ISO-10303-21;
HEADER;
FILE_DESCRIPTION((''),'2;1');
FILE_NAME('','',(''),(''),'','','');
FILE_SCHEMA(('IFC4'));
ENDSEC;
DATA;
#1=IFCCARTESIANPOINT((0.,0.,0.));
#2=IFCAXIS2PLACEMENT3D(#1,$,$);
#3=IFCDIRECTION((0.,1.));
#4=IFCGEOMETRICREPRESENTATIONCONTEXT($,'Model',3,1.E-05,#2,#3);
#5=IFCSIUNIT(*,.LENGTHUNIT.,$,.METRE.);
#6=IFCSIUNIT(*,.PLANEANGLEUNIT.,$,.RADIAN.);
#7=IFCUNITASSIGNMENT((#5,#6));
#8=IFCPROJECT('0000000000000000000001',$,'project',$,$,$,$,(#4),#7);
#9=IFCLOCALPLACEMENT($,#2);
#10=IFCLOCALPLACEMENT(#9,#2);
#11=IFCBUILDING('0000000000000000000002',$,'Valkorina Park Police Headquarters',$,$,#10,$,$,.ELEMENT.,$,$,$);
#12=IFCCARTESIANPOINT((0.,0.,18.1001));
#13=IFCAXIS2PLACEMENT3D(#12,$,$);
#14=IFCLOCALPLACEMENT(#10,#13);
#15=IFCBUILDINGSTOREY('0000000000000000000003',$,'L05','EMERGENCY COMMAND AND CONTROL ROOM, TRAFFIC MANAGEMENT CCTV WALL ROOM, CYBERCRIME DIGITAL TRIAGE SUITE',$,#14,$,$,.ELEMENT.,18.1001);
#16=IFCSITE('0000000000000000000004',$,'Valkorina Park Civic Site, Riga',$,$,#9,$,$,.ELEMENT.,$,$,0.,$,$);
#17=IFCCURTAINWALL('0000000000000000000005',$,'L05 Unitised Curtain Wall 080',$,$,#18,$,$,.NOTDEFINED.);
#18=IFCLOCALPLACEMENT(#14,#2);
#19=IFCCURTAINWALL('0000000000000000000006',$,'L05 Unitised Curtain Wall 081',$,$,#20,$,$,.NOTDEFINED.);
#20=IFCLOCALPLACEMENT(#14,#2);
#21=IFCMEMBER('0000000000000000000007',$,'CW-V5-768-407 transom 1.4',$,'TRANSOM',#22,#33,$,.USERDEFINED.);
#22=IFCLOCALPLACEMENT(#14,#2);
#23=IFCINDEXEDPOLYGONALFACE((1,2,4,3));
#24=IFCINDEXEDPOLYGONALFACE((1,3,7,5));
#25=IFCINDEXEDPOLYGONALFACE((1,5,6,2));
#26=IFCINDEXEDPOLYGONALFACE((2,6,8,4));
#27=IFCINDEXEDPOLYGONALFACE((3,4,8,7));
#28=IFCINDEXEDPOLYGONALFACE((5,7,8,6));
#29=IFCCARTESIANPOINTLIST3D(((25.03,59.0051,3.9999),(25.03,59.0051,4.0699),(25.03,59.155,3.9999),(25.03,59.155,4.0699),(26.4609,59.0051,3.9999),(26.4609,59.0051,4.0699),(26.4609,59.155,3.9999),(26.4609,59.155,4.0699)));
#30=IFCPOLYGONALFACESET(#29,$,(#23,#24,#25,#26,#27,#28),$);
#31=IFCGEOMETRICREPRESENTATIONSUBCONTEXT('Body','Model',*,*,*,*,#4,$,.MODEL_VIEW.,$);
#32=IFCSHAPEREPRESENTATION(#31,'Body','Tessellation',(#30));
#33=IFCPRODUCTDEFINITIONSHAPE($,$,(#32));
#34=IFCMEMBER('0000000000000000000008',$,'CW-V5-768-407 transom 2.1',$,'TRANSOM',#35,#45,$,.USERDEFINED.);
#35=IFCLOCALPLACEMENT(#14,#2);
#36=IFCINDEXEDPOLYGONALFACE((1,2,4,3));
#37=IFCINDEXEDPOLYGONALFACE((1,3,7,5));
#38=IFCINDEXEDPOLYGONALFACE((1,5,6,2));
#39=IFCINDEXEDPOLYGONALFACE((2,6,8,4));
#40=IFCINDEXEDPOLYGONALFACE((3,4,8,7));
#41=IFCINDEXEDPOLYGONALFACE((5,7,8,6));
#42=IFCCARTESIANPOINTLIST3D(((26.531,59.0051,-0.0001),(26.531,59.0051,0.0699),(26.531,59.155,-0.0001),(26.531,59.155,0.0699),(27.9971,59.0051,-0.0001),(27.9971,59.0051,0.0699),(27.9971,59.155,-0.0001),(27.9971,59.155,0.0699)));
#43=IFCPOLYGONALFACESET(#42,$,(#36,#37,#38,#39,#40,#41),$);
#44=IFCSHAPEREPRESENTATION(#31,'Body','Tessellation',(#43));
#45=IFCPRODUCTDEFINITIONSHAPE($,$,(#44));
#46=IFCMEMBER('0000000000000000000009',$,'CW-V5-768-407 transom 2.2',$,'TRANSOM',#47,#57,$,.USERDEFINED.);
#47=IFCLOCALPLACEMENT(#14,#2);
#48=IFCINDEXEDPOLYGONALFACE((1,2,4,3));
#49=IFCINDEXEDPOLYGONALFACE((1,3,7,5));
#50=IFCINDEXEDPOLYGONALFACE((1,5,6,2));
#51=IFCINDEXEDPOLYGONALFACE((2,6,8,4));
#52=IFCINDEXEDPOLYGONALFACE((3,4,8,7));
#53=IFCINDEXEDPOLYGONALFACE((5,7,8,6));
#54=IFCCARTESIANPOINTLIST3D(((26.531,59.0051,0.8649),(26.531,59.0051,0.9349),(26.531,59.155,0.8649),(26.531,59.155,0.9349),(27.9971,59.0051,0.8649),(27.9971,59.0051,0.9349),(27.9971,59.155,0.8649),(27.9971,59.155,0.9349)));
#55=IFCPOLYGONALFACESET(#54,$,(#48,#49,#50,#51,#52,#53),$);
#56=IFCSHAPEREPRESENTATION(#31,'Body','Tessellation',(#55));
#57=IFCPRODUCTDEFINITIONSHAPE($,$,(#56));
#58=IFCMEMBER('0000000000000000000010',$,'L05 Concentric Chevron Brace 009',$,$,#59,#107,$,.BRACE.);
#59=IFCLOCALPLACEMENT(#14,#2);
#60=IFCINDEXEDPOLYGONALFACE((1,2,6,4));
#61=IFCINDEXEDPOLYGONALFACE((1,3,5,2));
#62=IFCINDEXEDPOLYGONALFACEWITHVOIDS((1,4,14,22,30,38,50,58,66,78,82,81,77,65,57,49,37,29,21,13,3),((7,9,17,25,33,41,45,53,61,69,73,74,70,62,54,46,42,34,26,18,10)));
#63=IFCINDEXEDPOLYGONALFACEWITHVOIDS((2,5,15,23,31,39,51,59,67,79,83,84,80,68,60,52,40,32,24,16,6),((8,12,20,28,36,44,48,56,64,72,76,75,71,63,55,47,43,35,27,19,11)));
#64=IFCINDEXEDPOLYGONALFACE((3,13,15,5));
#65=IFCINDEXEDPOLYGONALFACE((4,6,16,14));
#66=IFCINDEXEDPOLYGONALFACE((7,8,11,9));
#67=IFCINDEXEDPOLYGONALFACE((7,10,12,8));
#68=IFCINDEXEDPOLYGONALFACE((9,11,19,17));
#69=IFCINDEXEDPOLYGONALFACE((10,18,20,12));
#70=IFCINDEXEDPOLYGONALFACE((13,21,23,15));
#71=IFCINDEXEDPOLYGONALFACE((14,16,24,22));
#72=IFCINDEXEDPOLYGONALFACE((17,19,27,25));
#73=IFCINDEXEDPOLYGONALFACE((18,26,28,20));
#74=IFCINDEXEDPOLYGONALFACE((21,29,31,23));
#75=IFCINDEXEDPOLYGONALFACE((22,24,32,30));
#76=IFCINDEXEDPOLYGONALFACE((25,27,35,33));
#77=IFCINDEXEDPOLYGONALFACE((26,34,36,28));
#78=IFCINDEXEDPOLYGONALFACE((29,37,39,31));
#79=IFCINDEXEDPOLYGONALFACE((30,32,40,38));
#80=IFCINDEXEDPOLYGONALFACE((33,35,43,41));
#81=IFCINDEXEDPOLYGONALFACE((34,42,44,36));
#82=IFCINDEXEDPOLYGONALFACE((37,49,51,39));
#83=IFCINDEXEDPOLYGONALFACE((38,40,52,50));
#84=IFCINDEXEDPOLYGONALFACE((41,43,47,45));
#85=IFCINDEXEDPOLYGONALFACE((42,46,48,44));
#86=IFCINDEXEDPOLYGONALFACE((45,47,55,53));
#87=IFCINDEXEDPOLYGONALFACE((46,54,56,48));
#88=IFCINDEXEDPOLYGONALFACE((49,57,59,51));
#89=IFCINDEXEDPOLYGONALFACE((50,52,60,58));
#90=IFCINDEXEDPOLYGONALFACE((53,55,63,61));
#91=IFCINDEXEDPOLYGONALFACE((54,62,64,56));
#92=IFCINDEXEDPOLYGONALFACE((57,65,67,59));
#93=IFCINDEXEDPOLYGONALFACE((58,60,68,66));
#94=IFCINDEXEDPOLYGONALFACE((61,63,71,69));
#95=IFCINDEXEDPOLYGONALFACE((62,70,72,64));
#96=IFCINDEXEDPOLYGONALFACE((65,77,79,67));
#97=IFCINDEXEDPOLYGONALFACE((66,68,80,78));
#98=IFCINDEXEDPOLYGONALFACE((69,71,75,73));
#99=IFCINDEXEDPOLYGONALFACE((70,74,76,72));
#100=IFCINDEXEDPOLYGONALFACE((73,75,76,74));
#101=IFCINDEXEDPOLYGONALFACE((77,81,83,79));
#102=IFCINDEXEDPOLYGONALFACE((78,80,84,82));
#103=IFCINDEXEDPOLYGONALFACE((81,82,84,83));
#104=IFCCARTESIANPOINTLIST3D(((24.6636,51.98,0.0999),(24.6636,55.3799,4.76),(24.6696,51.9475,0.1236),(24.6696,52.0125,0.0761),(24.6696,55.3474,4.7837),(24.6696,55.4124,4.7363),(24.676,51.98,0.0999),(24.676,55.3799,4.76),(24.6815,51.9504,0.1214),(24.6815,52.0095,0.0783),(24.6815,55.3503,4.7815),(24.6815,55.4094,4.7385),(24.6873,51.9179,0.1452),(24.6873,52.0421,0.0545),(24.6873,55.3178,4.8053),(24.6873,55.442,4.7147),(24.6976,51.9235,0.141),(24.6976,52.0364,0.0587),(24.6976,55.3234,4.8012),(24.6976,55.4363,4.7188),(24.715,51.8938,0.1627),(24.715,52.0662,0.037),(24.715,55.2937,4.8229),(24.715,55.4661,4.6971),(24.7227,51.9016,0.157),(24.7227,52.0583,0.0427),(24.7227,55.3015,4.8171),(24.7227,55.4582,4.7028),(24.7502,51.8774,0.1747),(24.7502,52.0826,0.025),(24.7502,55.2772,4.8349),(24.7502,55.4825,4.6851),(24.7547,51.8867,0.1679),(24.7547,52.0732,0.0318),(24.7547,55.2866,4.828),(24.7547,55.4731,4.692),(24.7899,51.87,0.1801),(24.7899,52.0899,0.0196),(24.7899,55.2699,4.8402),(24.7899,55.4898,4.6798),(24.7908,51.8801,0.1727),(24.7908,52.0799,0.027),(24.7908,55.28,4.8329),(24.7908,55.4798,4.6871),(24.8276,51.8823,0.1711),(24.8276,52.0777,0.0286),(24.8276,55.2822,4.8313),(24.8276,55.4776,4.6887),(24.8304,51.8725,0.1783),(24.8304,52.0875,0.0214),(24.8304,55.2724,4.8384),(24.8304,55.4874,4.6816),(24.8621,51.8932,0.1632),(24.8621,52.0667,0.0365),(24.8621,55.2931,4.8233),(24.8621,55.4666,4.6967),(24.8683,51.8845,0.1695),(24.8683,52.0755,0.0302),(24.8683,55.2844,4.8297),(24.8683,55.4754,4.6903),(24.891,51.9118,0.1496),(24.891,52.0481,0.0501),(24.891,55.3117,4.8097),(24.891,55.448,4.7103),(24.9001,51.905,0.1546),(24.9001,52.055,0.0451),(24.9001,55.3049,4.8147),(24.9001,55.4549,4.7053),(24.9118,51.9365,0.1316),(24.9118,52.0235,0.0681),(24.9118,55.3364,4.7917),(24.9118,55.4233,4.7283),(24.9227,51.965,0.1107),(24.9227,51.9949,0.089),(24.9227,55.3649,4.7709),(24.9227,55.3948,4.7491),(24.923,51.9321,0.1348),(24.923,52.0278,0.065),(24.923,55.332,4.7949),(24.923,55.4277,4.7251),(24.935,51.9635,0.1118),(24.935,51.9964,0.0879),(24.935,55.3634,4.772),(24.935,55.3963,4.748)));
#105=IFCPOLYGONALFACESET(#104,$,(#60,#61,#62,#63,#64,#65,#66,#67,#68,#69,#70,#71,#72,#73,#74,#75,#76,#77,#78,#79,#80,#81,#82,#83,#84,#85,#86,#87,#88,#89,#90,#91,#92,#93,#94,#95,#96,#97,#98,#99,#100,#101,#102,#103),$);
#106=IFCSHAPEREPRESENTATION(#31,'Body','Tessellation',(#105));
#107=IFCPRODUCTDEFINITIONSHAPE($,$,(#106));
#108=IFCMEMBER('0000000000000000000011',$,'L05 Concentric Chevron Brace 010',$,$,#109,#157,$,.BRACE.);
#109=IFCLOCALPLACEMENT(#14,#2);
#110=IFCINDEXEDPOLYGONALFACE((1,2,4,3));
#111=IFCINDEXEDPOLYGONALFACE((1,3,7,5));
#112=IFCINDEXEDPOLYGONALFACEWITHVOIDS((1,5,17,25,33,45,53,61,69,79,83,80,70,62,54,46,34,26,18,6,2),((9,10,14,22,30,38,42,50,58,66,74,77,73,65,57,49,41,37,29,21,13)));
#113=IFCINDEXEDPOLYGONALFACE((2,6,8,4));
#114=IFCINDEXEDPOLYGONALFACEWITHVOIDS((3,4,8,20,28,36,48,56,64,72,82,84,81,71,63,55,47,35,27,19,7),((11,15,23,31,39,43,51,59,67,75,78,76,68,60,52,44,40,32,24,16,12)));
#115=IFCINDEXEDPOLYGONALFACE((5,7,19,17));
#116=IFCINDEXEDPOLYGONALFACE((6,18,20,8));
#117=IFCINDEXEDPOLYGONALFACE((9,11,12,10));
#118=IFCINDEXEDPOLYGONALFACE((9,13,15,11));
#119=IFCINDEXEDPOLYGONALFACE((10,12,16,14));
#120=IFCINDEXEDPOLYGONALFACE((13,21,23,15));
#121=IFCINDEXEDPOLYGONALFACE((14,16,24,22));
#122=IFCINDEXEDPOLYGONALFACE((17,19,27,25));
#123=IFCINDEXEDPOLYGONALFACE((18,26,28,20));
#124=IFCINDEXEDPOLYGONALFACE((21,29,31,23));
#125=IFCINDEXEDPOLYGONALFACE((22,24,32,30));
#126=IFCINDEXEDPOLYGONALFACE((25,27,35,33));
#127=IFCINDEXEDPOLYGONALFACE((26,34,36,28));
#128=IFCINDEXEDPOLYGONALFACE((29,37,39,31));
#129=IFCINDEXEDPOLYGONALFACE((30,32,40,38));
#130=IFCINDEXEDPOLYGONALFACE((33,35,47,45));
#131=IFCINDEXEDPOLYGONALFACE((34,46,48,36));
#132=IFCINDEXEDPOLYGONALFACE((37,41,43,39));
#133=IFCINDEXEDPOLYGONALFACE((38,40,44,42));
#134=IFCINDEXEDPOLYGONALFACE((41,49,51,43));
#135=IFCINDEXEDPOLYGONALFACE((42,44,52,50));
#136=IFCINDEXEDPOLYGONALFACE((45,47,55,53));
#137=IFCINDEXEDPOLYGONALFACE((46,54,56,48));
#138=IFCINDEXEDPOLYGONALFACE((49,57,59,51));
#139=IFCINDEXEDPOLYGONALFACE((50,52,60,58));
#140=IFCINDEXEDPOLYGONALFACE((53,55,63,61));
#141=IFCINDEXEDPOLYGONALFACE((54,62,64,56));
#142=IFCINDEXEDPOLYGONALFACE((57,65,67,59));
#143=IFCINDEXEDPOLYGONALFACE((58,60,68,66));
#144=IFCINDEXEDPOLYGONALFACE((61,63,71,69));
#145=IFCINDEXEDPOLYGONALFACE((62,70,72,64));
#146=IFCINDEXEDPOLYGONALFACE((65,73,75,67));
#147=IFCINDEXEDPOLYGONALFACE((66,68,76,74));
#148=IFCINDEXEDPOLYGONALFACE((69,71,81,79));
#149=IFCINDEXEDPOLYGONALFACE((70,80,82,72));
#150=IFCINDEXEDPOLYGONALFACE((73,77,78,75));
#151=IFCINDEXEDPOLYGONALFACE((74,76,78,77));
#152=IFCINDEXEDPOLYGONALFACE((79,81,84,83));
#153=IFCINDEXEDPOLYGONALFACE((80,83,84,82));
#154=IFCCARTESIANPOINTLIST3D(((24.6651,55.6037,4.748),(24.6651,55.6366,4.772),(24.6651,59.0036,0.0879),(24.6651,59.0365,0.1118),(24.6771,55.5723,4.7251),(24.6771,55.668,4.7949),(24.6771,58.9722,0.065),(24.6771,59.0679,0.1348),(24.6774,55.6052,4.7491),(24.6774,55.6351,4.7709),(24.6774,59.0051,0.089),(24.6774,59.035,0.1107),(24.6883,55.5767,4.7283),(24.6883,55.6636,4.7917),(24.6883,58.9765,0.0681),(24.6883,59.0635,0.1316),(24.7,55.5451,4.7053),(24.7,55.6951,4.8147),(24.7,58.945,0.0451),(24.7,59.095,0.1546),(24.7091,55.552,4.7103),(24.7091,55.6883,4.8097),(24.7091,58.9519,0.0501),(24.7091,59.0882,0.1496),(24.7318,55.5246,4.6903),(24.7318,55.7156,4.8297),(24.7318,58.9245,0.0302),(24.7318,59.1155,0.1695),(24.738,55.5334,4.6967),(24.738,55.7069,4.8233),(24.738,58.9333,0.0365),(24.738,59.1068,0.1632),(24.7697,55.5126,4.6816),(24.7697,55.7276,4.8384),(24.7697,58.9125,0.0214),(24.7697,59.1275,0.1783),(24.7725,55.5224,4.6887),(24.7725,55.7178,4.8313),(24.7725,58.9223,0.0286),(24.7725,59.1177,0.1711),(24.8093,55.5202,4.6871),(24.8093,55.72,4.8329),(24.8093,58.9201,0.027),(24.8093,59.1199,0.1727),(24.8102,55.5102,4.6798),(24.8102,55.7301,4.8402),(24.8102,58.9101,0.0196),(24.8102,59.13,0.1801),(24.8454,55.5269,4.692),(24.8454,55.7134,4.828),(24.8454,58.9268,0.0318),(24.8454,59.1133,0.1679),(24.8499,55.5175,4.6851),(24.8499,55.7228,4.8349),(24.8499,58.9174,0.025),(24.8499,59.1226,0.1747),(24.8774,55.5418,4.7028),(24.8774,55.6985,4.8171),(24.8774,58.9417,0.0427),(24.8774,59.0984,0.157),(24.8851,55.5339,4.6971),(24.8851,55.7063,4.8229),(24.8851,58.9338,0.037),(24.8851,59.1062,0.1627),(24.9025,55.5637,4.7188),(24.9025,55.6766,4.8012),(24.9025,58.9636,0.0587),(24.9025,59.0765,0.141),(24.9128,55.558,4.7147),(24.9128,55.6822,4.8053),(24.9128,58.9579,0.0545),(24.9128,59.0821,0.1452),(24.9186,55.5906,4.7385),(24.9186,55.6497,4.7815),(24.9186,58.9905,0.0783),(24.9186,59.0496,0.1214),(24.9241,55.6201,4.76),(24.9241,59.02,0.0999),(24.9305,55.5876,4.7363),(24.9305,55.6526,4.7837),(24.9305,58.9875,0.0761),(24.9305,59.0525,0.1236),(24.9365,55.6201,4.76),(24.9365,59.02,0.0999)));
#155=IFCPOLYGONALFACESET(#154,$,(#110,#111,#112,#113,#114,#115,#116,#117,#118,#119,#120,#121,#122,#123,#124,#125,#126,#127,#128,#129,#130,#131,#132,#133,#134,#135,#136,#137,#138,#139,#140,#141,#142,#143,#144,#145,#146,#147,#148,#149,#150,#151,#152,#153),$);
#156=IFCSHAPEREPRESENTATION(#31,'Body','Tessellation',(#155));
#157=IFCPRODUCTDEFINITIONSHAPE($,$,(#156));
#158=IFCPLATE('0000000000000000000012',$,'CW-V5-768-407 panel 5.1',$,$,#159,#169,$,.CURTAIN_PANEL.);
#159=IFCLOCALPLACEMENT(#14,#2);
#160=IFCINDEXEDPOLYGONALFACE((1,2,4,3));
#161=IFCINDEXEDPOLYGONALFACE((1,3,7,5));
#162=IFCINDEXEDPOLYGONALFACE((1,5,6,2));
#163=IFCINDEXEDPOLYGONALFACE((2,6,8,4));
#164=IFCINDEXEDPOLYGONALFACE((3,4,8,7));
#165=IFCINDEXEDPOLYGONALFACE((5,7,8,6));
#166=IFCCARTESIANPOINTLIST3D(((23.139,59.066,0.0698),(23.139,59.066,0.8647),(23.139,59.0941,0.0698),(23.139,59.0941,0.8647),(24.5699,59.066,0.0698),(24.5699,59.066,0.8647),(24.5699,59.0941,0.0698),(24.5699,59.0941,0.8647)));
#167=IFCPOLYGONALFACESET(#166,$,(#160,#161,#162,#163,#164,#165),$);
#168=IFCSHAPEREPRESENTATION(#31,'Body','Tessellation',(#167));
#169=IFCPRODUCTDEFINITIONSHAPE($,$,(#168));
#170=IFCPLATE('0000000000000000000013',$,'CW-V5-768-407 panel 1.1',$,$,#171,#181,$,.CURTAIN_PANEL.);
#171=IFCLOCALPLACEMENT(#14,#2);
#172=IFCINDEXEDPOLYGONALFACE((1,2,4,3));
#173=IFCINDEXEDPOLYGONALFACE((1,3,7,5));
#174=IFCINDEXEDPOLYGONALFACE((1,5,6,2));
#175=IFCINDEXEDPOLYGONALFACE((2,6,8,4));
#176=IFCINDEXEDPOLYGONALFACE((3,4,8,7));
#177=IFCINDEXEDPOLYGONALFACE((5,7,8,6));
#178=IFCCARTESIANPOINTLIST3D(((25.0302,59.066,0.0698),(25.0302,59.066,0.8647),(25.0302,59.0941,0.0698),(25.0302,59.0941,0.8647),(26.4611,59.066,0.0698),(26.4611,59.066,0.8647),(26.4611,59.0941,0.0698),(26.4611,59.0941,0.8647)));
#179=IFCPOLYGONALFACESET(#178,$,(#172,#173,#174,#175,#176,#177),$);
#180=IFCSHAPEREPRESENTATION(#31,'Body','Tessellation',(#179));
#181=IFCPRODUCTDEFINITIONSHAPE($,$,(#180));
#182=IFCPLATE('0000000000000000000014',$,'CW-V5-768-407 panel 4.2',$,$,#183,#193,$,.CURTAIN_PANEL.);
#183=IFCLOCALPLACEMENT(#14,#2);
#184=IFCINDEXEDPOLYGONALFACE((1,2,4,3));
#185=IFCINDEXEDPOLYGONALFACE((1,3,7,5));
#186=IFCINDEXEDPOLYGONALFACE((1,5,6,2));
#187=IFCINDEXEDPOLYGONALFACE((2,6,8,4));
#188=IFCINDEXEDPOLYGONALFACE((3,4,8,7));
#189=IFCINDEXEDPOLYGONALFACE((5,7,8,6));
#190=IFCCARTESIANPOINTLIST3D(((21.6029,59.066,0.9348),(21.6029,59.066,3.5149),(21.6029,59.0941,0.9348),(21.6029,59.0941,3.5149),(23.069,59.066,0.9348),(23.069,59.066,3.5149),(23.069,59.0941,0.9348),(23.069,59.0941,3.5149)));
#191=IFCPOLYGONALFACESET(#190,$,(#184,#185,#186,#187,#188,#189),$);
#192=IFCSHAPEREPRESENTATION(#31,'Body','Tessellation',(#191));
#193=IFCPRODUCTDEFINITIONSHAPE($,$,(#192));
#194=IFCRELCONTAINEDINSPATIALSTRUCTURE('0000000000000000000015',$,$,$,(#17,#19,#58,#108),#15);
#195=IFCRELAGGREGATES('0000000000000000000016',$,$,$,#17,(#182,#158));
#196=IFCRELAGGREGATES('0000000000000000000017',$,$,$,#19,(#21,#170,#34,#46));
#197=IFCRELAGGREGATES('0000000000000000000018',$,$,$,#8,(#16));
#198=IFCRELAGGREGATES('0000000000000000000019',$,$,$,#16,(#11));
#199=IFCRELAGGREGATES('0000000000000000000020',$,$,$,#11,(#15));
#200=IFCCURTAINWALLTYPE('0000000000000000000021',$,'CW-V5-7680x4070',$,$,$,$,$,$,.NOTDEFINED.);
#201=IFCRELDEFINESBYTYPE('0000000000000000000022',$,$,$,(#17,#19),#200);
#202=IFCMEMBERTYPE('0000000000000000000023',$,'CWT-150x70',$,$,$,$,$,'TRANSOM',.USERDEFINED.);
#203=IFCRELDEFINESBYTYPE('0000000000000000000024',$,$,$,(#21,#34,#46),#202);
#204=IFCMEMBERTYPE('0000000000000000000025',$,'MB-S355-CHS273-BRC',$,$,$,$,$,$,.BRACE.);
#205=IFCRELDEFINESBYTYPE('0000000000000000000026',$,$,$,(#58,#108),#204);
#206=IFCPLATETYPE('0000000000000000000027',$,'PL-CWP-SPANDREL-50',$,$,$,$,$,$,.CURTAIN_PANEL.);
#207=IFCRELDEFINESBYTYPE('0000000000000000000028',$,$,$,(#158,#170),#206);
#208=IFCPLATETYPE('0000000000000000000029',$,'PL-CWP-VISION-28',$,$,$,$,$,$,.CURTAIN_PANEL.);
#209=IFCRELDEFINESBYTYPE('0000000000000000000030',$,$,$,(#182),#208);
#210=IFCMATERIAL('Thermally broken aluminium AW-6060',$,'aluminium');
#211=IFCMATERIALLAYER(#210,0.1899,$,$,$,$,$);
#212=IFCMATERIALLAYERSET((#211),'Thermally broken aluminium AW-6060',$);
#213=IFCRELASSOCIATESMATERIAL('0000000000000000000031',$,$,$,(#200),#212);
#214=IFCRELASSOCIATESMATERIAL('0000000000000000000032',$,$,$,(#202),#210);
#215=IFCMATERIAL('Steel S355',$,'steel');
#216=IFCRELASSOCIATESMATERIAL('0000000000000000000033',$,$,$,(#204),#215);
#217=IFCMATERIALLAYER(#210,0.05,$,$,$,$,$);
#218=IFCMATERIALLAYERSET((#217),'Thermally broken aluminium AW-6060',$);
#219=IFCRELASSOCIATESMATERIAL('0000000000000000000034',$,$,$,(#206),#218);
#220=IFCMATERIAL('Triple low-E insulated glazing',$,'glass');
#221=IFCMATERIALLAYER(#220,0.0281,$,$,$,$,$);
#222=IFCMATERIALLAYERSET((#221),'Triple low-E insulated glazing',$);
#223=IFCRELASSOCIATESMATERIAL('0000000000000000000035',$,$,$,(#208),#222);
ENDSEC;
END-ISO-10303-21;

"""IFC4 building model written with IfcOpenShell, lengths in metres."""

from ifc_helpers import new_model, si_unit, direction, frame, origin, origin_2d, place, context, subcontext, project, spatial, rectangle, hollow_circle, extrude, material, layer, layer_set, material_profile, profile_set, type_object, element, aggregate, save


model = new_model("IFC4")

# Units and contexts
model_context = context("Model", 3, precision=1e-05, world=origin(), true_north=direction((0.0, 1.0)))
body_context = subcontext(model_context, "Body", "Model", "MODEL_VIEW")
ifc_project = project(units=[si_unit("LENGTHUNIT", "METRE"), si_unit("PLANEANGLEUNIT", "RADIAN")], contexts=[model_context])

# Site, building, storey
site_placement = place(None, origin())
site = spatial("IfcSite", under=ifc_project, at=site_placement, Name="Valkorina Park Civic Site, Riga", CompositionType="ELEMENT", RefElevation=0.0)
building_placement = place(site_placement, origin())
building = spatial("IfcBuilding", under=site, at=building_placement, Name="Valkorina Park Police Headquarters", CompositionType="ELEMENT")
storey_placement = place(building_placement, frame((0.0, 0.0, 18.1001)))
storey = spatial("IfcBuildingStorey", under=building, at=storey_placement, Name="L05", Description="EMERGENCY COMMAND AND CONTROL ROOM, TRAFFIC MANAGEMENT CCTV WALL ROOM, CYBERCRIME DIGITAL TRIAGE SUITE", CompositionType="ELEMENT", Elevation=18.1001)

# Shared definitions
ifc_material_1 = material(Name="Steel S355", Category="steel")

# Curtain walls
ifc_material_2 = material(Name="Thermally broken aluminium AW-6060", Category="aluminium")
ifc_layer_1 = layer(ifc_material_2, 0.1899)
ifc_layer_set_1 = layer_set([ifc_layer_1], Name="Thermally broken aluminium AW-6060")
curtain_wall_type = type_object("IfcCurtainWallType", Name="CW-V5-7680x4070", PredefinedType="NOTDEFINED", material=ifc_layer_set_1)
curtain_wall_1_placement = place(storey_placement, origin())
curtain_wall_1 = element("IfcCurtainWall", 1, at=curtain_wall_1_placement, inside=storey, type_object=curtain_wall_type, Name="L05 Unitised Curtain Wall 080", PredefinedType="NOTDEFINED")
curtain_wall_2_placement = place(storey_placement, origin())
curtain_wall_2 = element("IfcCurtainWall", 2, at=curtain_wall_2_placement, inside=storey, type_object=curtain_wall_type, Name="L05 Unitised Curtain Wall 081", PredefinedType="NOTDEFINED")

# Members
ifc_material_profile_1 = material_profile(ifc_material_2, rectangle(XDim=0.1499, YDim=0.0701, at=origin_2d()), Name="CWT-02 150x70")
ifc_profile_set_1 = profile_set([ifc_material_profile_1], Name="Thermally broken aluminium AW-6060")
member_type_1 = type_object("IfcMemberType", Name="CWT-150x70", ElementType="TRANSOM", PredefinedType="USERDEFINED", material=ifc_profile_set_1)
member_1_placement = place(storey_placement, frame((25.03, 59.0801, 4.0349), z_axis=(1.0, 0.0, 0.0), x_axis=(0.0, 1.0, 0.0)))
member_1 = element("IfcMember", 3, at=member_1_placement, type_object=member_type_1, Name="CW-V5-768-407 transom 1.4", ObjectType="TRANSOM", PredefinedType="USERDEFINED", context=body_context, shape_type="SweptSolid", body=[
    extrude(rectangle(XDim=0.1499, YDim=0.0701, at=origin_2d()), origin(), (0.0, 0.0, 1.0), 1.4309),
])
member_2_placement = place(storey_placement, frame((26.531, 59.0801, 0.0349), z_axis=(1.0, 0.0, 0.0), x_axis=(0.0, 1.0, 0.0)))
member_2 = element("IfcMember", 4, at=member_2_placement, type_object=member_type_1, Name="CW-V5-768-407 transom 2.1", ObjectType="TRANSOM", PredefinedType="USERDEFINED", context=body_context, shape_type="SweptSolid", body=[
    extrude(rectangle(XDim=0.1499, YDim=0.0701, at=origin_2d()), origin(), (0.0, 0.0, 1.0), 1.4661),
])
member_3_placement = place(storey_placement, frame((26.531, 59.0801, 0.8999), z_axis=(1.0, 0.0, 0.0), x_axis=(0.0, 1.0, 0.0)))
member_3 = element("IfcMember", 5, at=member_3_placement, type_object=member_type_1, Name="CW-V5-768-407 transom 2.2", ObjectType="TRANSOM", PredefinedType="USERDEFINED", context=body_context, shape_type="SweptSolid", body=[
    extrude(rectangle(XDim=0.1499, YDim=0.0701, at=origin_2d()), origin(), (0.0, 0.0, 1.0), 1.4661),
])

# Members
ifc_material_profile_2 = material_profile(ifc_material_1, hollow_circle(Radius=0.1365, WallThickness=0.0125, at=origin_2d()), Name="CHS 273x12.5")
ifc_profile_set_2 = profile_set([ifc_material_profile_2], Name="Steel S355")
member_type_2 = type_object("IfcMemberType", Name="MB-S355-CHS273-BRC", PredefinedType="BRACE", material=ifc_profile_set_2)
for number, where, z_axis, x_axis, name in (
    (6, (24.8, 51.98, 0.0999), (0.0, 0.589384, 0.807853), (-1.0, 0.0, 0.0), "L05 Concentric Chevron Brace 009"),
    (7, (24.8, 59.02, 0.0999), (0.0, -0.589384, 0.807853), (1.0, 0.0, 0.0), "L05 Concentric Chevron Brace 010"),
):
    element("IfcMember", number, at=place(storey_placement, frame(where, z_axis=z_axis, x_axis=x_axis)), inside=storey, type_object=member_type_2, Name=name, PredefinedType="BRACE", context=body_context, shape_type="SweptSolid", body=[
        extrude(hollow_circle(Radius=0.1365, WallThickness=0.0125, at=origin_2d()), origin(), (0.0, 0.0, 1.0), 5.7686),
    ])

# Plates
ifc_layer_2 = layer(ifc_material_2, 0.05)
ifc_layer_set_2 = layer_set([ifc_layer_2], Name="Thermally broken aluminium AW-6060")
plate_type_1 = type_object("IfcPlateType", Name="PL-CWP-SPANDREL-50", PredefinedType="CURTAIN_PANEL", material=ifc_layer_set_2)
plate_1_placement = place(storey_placement, frame((23.8545, 59.0801, 0.0698), z_axis=(0.0, 0.0, 1.0), x_axis=(1.0, 0.0, 0.0)))
plate_1 = element("IfcPlate", 8, at=plate_1_placement, type_object=plate_type_1, Name="CW-V5-768-407 panel 5.1", PredefinedType="CURTAIN_PANEL", context=body_context, shape_type="SweptSolid", body=[
    extrude(rectangle(XDim=1.4309, YDim=0.0281, at=origin_2d()), origin(), (0.0, 0.0, 1.0), 0.7949),
])
plate_2_placement = place(storey_placement, frame((25.7456, 59.0801, 0.0698), z_axis=(0.0, 0.0, 1.0), x_axis=(1.0, 0.0, 0.0)))
plate_2 = element("IfcPlate", 9, at=plate_2_placement, type_object=plate_type_1, Name="CW-V5-768-407 panel 1.1", PredefinedType="CURTAIN_PANEL", context=body_context, shape_type="SweptSolid", body=[
    extrude(rectangle(XDim=1.4309, YDim=0.0281, at=origin_2d()), origin(), (0.0, 0.0, 1.0), 0.7949),
])
ifc_material_3 = material(Name="Triple low-E insulated glazing", Category="glass")
ifc_layer_3 = layer(ifc_material_3, 0.0281)
ifc_layer_set_3 = layer_set([ifc_layer_3], Name="Triple low-E insulated glazing")
plate_type_2 = type_object("IfcPlateType", Name="PL-CWP-VISION-28", PredefinedType="CURTAIN_PANEL", material=ifc_layer_set_3)
plate_3_placement = place(storey_placement, frame((22.3359, 59.0801, 0.9348), z_axis=(0.0, 0.0, 1.0), x_axis=(1.0, 0.0, 0.0)))
plate_3 = element("IfcPlate", 10, at=plate_3_placement, type_object=plate_type_2, Name="CW-V5-768-407 panel 4.2", PredefinedType="CURTAIN_PANEL", context=body_context, shape_type="SweptSolid", body=[
    extrude(rectangle(XDim=1.4661, YDim=0.0281, at=origin_2d()), origin(), (0.0, 0.0, 1.0), 2.5801),
])
aggregate(curtain_wall_1, [plate_3, plate_1])
aggregate(curtain_wall_2, [member_1, plate_2, member_2, member_3])

save(model, "model.ifc")
